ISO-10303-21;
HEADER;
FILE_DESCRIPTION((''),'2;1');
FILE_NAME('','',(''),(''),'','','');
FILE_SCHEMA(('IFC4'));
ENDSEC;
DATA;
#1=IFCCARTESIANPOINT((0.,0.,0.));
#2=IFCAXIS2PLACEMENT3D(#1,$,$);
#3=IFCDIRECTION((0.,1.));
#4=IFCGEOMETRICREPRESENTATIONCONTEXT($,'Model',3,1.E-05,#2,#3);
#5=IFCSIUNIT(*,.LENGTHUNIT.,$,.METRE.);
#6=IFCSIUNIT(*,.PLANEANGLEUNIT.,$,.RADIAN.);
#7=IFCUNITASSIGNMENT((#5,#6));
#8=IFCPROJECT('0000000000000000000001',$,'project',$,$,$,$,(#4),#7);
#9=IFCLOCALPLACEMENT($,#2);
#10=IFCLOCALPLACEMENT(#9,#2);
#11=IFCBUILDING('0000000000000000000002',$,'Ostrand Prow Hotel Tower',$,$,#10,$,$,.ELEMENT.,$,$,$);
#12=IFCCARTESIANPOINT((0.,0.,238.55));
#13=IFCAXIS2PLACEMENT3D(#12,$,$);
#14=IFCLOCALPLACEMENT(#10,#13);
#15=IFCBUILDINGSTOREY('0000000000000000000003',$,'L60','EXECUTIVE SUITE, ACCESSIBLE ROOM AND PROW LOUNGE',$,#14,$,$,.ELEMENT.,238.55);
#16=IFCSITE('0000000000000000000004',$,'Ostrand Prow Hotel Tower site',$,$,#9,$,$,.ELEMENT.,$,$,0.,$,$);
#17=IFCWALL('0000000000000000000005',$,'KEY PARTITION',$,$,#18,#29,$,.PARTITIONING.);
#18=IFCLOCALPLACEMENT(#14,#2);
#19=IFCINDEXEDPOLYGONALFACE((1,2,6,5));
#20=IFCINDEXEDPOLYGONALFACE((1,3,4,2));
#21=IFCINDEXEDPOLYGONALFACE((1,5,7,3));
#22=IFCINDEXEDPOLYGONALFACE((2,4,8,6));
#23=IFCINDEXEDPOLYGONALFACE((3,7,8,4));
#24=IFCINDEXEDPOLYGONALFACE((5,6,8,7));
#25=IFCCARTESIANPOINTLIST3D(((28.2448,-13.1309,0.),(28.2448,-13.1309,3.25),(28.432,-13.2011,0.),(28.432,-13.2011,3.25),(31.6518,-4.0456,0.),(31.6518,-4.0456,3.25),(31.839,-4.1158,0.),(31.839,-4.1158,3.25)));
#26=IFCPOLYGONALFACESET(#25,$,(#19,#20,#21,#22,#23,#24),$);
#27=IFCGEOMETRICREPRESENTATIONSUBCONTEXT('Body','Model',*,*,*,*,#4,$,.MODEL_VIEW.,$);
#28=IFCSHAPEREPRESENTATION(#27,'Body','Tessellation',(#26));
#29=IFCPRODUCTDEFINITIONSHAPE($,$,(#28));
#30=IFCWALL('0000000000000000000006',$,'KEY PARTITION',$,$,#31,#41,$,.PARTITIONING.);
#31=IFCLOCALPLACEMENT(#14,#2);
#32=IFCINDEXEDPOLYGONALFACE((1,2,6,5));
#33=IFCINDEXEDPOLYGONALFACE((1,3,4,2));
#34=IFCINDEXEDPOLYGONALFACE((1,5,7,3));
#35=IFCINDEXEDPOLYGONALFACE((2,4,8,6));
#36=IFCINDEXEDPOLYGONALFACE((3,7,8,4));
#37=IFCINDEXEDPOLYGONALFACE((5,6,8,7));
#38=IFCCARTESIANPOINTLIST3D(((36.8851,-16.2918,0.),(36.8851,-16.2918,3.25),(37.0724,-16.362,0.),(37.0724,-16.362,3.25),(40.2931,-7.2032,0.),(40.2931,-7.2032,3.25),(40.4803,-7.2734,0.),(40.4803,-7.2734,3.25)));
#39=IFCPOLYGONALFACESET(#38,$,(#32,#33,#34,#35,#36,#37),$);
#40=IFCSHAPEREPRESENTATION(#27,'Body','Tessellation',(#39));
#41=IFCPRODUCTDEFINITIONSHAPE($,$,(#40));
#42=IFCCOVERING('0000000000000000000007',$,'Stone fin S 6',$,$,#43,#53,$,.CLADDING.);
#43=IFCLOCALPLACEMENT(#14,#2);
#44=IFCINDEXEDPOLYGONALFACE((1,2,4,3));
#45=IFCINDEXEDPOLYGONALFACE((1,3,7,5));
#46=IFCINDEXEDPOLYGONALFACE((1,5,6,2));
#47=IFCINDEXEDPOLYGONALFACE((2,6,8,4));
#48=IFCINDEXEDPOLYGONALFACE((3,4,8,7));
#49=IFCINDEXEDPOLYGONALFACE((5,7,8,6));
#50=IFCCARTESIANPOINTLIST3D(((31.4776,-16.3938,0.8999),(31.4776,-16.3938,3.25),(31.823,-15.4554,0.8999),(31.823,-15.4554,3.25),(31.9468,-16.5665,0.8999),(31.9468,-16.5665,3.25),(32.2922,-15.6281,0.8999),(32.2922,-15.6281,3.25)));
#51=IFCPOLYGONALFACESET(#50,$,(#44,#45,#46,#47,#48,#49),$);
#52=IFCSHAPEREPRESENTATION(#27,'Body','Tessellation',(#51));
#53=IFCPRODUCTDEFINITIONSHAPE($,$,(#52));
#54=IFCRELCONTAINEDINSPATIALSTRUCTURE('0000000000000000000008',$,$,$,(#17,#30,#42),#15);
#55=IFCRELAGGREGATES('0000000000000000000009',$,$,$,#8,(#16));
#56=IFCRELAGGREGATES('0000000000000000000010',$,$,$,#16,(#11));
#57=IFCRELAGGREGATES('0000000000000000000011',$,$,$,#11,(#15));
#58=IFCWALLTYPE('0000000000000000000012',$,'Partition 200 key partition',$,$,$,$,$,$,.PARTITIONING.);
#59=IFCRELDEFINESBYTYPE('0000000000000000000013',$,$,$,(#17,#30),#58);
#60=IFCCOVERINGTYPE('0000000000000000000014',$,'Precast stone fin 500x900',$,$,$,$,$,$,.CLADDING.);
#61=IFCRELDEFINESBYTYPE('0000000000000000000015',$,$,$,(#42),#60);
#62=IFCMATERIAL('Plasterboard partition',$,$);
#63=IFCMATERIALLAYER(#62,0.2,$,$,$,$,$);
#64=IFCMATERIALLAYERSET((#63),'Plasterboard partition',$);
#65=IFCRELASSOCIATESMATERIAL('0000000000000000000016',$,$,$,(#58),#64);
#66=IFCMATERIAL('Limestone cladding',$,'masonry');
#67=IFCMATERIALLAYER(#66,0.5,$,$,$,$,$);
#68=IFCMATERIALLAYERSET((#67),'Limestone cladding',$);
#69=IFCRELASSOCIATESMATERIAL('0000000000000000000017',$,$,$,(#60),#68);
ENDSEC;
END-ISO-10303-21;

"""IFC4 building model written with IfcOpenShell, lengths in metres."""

from ifc_helpers import new_model, si_unit, direction, frame, frame_2d, origin, place, context, subcontext, project, spatial, rectangle, extrude, material, layer, layer_set, type_object, element, save


model = new_model("IFC4")

# Units and contexts
model_context = context("Model", 3, precision=1e-05, world=origin(), true_north=direction((0.0, 1.0)))
body_context = subcontext(model_context, "Body", "Model", "MODEL_VIEW")
ifc_project = project(units=[si_unit("LENGTHUNIT", "METRE"), si_unit("PLANEANGLEUNIT", "RADIAN")], contexts=[model_context])

# Site, building, storey
site_placement = place(None, origin())
site = spatial("IfcSite", under=ifc_project, at=site_placement, Name="Ostrand Prow Hotel Tower site", CompositionType="ELEMENT", RefElevation=0.0)
building_placement = place(site_placement, origin())
building = spatial("IfcBuilding", under=site, at=building_placement, Name="Ostrand Prow Hotel Tower", CompositionType="ELEMENT")
storey_placement = place(building_placement, frame((0.0, 0.0, 238.55)))
storey = spatial("IfcBuildingStorey", under=building, at=storey_placement, Name="L60", Description="EXECUTIVE SUITE, ACCESSIBLE ROOM AND PROW LOUNGE", CompositionType="ELEMENT", Elevation=238.55)

# Walls
ifc_material_1 = material(Name="Plasterboard partition")
ifc_layer_1 = layer(ifc_material_1, 0.2)
ifc_layer_set_1 = layer_set([ifc_layer_1], Name="Plasterboard partition")
wall_type = type_object("IfcWallType", Name="Partition 200 key partition", PredefinedType="PARTITIONING", material=ifc_layer_set_1)
wall_1_placement = place(storey_placement, frame((28.3384, -13.166, 0.0), z_axis=(0.0, 0.0, 1.0), x_axis=(0.351126, 0.936328, 0.0)))
element("IfcWall", 1, at=wall_1_placement, inside=storey, type_object=wall_type, Name="KEY PARTITION", PredefinedType="PARTITIONING", context=body_context, shape_type="SweptSolid", body=[
    extrude(rectangle(XDim=9.7031, YDim=0.2, at=frame_2d((4.8516, 0.0))), origin(), (0.0, 0.0, 1.0), 3.25),
])
wall_2_placement = place(storey_placement, frame((36.9788, -16.3269, 0.0), z_axis=(0.0, 0.0, 1.0), x_axis=(0.351099, 0.936338, 0.0)))
element("IfcWall", 2, at=wall_2_placement, inside=storey, type_object=wall_type, Name="KEY PARTITION", PredefinedType="PARTITIONING", context=body_context, shape_type="SweptSolid", body=[
    extrude(rectangle(XDim=9.7065, YDim=0.2, at=frame_2d((4.8533, 0.0))), origin(), (0.0, 0.0, 1.0), 3.25),
])

# Covering
ifc_material_2 = material(Name="Limestone cladding", Category="masonry")
ifc_layer_2 = layer(ifc_material_2, 0.5)
ifc_layer_set_2 = layer_set([ifc_layer_2], Name="Limestone cladding")
covering_type = type_object("IfcCoveringType", Name="Precast stone fin 500x900", PredefinedType="CLADDING", material=ifc_layer_set_2)
covering_placement = place(storey_placement, frame((32.0576, -15.5417, 0.8999), z_axis=(0.0, 0.0, 1.0), x_axis=(-0.345445, -0.938439, 0.0)))
element("IfcCovering", 3, at=covering_placement, inside=storey, type_object=covering_type, Name="Stone fin S 6", PredefinedType="CLADDING", context=body_context, shape_type="SweptSolid", body=[
    extrude(rectangle(XDim=1.0, YDim=0.5, at=frame_2d((0.5, 0.0))), origin(), (0.0, 0.0, 1.0), 2.3501),
])

save(model, "model.ifc")
